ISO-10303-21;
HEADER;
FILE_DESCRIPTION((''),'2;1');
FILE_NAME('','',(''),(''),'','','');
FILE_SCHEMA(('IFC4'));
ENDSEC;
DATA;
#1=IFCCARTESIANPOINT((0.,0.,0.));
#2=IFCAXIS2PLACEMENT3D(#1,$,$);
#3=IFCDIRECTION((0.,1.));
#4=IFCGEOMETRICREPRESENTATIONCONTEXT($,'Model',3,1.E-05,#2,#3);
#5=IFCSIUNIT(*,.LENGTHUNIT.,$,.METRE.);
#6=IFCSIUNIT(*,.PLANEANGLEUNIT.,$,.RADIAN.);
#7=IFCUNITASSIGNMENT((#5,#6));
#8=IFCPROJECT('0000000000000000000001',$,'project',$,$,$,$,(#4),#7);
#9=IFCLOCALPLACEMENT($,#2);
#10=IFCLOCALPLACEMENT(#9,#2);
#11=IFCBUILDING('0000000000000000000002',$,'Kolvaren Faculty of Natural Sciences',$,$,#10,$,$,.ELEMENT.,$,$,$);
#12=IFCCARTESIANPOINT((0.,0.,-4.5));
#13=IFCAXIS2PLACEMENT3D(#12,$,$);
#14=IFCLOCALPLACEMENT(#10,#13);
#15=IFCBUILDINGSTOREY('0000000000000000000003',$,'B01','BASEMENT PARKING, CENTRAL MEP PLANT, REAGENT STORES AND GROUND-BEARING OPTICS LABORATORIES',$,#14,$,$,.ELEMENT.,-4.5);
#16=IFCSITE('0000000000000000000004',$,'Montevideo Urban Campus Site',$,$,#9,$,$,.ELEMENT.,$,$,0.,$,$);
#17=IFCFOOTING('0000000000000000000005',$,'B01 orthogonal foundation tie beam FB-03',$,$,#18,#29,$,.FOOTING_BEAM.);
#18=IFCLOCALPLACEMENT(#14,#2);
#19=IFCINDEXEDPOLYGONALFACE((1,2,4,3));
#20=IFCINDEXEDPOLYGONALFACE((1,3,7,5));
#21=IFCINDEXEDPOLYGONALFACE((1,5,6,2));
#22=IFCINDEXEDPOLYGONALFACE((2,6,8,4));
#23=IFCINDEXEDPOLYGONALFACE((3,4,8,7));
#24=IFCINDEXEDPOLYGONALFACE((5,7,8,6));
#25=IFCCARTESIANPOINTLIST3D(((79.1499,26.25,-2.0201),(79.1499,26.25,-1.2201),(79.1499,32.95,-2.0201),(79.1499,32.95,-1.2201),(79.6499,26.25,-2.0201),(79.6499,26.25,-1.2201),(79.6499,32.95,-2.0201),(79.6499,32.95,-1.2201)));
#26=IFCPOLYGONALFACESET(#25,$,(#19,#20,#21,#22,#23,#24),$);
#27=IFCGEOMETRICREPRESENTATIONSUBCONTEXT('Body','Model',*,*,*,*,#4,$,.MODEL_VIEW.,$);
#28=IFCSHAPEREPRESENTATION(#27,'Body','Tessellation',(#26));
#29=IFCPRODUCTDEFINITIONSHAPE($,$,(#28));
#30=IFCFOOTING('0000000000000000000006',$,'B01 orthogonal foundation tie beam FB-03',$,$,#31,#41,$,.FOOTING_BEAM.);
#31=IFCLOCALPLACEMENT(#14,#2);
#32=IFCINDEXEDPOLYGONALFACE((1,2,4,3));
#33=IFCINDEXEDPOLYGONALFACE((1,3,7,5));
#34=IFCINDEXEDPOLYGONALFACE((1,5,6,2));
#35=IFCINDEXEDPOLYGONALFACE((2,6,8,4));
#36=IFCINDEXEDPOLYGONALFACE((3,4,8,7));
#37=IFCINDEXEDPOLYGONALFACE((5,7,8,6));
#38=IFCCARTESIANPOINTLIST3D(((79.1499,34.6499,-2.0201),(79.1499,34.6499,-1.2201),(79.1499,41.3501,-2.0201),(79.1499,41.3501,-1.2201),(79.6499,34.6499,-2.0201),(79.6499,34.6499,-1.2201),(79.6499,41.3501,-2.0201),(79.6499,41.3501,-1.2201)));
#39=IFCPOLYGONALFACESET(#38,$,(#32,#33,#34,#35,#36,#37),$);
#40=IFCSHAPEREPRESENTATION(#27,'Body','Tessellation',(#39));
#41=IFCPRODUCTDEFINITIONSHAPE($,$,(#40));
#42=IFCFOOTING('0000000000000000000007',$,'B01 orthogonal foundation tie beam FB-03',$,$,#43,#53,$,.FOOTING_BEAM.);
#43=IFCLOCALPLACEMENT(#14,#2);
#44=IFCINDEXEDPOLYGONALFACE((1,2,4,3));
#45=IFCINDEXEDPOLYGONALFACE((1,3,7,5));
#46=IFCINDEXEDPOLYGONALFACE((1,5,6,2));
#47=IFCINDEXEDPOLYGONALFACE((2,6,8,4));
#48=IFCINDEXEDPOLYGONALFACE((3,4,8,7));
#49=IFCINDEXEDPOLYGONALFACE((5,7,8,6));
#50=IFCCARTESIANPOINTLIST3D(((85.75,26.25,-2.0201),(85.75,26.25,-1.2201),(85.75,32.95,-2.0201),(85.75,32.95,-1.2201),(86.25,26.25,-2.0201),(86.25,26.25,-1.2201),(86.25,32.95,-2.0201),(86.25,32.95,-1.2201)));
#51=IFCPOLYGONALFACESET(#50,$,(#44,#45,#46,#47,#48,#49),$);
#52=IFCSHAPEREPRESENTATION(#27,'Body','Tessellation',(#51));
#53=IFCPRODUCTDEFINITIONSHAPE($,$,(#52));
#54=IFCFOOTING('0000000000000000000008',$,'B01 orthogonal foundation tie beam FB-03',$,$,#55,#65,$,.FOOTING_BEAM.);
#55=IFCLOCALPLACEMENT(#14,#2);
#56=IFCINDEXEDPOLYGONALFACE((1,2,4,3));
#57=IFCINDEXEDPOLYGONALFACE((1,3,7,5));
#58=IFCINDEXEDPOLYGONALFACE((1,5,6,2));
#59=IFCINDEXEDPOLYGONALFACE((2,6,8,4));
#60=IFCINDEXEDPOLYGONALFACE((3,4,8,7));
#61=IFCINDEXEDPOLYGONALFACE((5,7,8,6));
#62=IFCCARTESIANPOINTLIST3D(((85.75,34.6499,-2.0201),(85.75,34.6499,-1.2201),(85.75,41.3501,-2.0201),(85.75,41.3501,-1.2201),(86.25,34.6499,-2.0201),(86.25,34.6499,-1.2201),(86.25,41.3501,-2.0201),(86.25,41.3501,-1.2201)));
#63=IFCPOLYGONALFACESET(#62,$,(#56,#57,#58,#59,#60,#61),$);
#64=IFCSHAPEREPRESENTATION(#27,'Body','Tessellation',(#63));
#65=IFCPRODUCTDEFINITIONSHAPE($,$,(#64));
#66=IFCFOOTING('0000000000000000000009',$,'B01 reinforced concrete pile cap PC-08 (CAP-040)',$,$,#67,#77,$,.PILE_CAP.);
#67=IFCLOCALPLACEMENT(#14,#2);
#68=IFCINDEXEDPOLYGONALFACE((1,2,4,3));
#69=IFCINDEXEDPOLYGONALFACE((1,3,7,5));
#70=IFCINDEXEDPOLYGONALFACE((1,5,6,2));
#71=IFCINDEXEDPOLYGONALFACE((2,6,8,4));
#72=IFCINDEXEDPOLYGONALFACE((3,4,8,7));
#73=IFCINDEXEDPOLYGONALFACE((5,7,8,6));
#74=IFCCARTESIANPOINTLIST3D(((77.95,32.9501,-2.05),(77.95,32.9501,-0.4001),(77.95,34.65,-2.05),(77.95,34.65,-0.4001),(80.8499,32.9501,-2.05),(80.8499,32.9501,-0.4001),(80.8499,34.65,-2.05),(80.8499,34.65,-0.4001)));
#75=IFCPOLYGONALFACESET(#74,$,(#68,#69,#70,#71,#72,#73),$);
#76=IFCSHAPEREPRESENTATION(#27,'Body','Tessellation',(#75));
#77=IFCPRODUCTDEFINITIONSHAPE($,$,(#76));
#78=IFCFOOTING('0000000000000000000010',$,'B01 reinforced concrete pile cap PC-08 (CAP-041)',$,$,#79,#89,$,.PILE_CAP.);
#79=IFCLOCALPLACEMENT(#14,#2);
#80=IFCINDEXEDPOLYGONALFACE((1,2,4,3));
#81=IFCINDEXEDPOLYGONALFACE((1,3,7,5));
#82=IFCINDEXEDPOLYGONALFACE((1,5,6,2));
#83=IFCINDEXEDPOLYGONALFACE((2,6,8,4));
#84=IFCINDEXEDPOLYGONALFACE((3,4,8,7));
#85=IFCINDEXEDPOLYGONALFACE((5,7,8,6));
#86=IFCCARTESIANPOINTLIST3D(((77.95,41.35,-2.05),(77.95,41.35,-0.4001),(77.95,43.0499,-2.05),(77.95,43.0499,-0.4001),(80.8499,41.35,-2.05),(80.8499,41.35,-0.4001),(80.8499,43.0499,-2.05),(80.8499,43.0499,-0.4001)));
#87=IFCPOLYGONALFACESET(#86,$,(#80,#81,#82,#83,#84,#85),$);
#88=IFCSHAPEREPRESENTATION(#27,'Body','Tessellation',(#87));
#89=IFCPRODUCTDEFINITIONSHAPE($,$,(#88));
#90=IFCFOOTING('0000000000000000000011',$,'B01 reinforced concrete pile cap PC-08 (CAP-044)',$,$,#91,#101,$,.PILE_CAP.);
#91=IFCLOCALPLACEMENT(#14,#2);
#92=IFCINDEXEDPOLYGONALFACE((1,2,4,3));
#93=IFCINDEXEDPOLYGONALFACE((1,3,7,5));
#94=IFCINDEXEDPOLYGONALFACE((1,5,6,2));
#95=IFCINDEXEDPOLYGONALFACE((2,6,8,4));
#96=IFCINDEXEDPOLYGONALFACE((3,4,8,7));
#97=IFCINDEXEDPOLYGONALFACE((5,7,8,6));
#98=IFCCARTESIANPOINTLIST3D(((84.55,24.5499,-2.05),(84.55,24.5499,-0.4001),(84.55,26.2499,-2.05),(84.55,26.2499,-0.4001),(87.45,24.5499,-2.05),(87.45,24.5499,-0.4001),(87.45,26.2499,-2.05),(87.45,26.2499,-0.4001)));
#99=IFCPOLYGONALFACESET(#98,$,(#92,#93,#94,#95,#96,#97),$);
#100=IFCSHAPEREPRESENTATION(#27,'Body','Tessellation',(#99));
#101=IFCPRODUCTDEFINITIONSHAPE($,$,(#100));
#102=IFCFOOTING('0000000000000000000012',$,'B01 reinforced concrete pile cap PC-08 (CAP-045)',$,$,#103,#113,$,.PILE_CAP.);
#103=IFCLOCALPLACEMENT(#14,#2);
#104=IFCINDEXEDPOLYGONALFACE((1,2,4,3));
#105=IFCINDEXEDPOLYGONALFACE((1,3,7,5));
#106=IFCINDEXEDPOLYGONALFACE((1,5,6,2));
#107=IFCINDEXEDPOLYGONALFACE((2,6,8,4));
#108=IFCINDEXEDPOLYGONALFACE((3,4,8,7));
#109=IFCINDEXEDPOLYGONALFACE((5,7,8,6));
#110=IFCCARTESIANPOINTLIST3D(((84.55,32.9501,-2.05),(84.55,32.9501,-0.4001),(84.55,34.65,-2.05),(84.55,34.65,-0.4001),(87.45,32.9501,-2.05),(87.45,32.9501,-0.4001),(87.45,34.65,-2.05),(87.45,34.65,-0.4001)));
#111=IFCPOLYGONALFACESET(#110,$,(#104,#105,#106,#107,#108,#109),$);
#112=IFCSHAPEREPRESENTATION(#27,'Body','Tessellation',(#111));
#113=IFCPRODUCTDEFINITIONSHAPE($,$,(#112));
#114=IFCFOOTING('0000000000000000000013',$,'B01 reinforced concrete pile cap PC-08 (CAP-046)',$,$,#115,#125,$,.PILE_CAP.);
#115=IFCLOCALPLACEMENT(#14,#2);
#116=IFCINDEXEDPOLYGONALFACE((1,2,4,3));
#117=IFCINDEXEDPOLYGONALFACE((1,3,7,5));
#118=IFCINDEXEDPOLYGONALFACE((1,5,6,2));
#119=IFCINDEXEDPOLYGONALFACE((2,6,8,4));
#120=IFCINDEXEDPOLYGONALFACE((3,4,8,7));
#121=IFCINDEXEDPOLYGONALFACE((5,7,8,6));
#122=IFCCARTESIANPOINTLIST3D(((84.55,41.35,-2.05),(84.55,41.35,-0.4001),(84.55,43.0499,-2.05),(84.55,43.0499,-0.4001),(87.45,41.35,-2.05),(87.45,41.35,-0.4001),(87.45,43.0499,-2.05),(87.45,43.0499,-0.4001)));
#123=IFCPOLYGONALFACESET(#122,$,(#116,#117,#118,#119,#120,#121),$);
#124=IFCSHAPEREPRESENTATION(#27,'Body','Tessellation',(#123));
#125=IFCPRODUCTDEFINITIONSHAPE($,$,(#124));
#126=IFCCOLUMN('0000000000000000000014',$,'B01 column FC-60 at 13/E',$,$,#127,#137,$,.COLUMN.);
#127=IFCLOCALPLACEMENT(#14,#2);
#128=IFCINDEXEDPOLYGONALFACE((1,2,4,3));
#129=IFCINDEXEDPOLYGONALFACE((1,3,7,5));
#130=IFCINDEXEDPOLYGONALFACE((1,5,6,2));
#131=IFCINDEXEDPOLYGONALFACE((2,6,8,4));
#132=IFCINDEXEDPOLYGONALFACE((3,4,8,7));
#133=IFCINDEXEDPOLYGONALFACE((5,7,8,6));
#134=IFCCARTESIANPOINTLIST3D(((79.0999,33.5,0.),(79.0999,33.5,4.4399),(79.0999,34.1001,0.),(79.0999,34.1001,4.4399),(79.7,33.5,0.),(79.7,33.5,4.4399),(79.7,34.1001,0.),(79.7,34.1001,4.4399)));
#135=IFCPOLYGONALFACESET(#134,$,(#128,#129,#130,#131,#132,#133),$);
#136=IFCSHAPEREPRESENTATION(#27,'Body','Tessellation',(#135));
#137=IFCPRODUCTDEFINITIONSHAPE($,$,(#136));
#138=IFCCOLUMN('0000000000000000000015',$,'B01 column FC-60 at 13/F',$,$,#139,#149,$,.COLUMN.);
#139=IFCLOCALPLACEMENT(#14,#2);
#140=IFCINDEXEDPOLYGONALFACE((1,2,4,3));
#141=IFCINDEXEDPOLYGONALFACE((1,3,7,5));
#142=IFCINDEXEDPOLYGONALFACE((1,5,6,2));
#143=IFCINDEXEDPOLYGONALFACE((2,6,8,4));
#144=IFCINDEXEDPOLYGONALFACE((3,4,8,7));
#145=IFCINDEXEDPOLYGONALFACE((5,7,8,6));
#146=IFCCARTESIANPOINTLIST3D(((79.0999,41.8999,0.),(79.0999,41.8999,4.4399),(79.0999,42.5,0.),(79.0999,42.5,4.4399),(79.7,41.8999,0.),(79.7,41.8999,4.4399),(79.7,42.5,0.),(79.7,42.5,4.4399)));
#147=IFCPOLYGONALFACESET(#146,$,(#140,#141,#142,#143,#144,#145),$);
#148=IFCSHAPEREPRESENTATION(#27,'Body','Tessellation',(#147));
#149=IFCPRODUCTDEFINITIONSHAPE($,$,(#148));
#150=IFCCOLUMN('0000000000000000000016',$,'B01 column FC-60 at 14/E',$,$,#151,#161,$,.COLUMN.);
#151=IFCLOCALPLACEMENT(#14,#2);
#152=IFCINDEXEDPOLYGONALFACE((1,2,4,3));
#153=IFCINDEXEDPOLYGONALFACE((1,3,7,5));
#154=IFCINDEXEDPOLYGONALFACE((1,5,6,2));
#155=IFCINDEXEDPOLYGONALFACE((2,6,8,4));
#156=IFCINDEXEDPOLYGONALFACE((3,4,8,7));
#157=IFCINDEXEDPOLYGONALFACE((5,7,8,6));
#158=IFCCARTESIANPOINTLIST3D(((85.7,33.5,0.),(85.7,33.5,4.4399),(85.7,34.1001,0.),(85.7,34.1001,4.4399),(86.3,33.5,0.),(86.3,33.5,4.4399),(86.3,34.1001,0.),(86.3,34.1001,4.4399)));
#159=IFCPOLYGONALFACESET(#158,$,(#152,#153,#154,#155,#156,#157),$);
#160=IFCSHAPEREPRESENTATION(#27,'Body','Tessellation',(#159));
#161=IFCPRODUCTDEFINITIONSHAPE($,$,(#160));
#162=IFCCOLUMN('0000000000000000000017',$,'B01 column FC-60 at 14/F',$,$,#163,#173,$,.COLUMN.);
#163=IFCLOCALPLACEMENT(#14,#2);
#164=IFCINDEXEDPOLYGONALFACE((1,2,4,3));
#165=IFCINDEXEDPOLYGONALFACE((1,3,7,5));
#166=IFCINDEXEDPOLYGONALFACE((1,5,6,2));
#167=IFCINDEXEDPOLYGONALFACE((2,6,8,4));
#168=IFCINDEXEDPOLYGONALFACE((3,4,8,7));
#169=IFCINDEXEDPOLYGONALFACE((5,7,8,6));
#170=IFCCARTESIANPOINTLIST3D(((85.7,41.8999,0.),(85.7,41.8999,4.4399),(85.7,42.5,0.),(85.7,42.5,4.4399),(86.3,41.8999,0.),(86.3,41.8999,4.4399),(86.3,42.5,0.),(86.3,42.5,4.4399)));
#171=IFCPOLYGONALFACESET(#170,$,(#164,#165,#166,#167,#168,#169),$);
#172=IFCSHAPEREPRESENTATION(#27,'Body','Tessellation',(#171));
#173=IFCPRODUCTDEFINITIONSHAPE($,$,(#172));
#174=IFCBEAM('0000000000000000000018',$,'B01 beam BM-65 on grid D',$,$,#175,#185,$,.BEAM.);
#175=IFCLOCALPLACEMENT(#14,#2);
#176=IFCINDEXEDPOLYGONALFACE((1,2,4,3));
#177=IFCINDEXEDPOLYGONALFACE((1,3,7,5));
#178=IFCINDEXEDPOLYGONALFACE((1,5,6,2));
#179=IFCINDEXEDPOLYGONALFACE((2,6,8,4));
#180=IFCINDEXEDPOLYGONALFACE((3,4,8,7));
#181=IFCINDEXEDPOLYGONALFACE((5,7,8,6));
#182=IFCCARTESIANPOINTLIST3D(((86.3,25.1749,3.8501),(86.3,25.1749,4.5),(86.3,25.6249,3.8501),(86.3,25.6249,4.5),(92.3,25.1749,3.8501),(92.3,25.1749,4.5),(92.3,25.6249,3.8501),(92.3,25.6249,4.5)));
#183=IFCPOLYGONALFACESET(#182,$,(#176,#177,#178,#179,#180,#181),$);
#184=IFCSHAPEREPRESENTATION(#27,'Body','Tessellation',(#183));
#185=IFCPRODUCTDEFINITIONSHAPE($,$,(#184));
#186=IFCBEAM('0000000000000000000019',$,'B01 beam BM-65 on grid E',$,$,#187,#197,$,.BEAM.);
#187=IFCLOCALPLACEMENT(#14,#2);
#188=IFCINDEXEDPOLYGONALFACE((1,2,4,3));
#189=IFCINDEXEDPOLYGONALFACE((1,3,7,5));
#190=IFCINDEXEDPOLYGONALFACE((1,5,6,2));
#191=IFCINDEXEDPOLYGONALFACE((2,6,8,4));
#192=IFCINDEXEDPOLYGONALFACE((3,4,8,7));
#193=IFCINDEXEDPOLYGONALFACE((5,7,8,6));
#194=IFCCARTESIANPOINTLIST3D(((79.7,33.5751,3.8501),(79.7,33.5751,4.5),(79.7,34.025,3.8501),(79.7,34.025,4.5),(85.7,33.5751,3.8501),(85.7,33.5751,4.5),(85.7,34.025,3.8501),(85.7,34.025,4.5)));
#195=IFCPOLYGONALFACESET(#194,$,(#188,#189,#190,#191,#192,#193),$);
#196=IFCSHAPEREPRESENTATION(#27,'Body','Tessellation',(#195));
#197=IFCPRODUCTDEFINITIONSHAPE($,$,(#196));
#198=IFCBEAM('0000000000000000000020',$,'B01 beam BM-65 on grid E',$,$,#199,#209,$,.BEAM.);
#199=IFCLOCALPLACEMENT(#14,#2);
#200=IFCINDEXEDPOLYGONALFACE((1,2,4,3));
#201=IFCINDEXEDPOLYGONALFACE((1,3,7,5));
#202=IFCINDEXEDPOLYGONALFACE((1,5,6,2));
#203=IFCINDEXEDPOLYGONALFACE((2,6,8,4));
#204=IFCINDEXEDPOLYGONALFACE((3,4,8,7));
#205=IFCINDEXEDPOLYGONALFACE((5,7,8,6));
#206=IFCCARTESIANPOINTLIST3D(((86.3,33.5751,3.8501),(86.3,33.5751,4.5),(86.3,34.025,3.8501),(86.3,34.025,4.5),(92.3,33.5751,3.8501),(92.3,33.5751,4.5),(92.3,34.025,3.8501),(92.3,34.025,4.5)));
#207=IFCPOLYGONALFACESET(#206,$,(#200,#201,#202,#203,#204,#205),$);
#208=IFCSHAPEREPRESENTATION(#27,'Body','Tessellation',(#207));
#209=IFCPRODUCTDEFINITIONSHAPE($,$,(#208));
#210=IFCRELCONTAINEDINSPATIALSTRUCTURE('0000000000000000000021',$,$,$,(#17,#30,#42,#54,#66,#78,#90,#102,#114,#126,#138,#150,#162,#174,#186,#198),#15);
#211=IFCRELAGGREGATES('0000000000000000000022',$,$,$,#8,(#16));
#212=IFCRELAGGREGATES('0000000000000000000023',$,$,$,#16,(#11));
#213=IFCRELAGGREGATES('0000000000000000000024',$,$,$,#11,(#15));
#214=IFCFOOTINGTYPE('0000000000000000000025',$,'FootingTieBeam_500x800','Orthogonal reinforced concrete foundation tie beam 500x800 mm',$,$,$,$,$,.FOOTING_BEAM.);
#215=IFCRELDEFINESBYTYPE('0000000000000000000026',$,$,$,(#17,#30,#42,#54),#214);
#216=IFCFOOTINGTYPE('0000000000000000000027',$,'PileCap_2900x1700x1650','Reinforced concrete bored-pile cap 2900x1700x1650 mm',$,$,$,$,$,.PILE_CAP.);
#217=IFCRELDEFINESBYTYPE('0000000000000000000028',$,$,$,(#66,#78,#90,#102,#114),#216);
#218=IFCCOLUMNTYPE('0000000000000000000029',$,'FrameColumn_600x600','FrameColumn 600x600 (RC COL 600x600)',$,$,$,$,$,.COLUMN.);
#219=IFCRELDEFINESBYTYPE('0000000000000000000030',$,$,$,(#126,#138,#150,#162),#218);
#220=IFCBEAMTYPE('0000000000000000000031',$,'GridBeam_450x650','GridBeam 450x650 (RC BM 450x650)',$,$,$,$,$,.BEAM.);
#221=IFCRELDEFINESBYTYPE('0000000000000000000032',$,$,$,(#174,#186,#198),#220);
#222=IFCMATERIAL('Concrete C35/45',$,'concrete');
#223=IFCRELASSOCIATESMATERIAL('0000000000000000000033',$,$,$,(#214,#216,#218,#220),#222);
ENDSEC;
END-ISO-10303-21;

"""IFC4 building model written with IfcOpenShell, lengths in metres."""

from ifc_helpers import new_model, si_unit, direction, frame, origin, origin_2d, place, context, subcontext, project, spatial, rectangle, extrude, material, material_profile, profile_set, type_object, element, save


model = new_model("IFC4")

# Units and contexts
model_context = context("Model", 3, precision=1e-05, world=origin(), true_north=direction((0.0, 1.0)))
body_context = subcontext(model_context, "Body", "Model", "MODEL_VIEW")
ifc_project = project(units=[si_unit("LENGTHUNIT", "METRE"), si_unit("PLANEANGLEUNIT", "RADIAN")], contexts=[model_context])

# Site, building, storey
site_placement = place(None, origin())
site = spatial("IfcSite", under=ifc_project, at=site_placement, Name="Montevideo Urban Campus Site", CompositionType="ELEMENT", RefElevation=0.0)
building_placement = place(site_placement, origin())
building = spatial("IfcBuilding", under=site, at=building_placement, Name="Kolvaren Faculty of Natural Sciences", CompositionType="ELEMENT")
storey_placement = place(building_placement, frame((0.0, 0.0, -4.5)))
storey = spatial("IfcBuildingStorey", under=building, at=storey_placement, Name="B01", Description="BASEMENT PARKING, CENTRAL MEP PLANT, REAGENT STORES AND GROUND-BEARING OPTICS LABORATORIES", CompositionType="ELEMENT", Elevation=-4.5)

# Shared definitions
ifc_material = material(Name="Concrete C35/45", Category="concrete")

# Footings
ifc_material_profile_1 = material_profile(ifc_material, rectangle(XDim=0.5, YDim=0.8, at=origin_2d()), Name="RC FB 500x800")
ifc_profile_set_1 = profile_set([ifc_material_profile_1], Name="Concrete C35/45")
footing_type_1 = type_object("IfcFootingType", Name="FootingTieBeam_500x800", Description="Orthogonal reinforced concrete foundation tie beam 500x800 mm", PredefinedType="FOOTING_BEAM", material=ifc_profile_set_1)
footing_1_placement = place(storey_placement, frame((79.3999, 26.25, -1.6201), z_axis=(0.0, 1.0, 0.0), x_axis=(-1.0, 0.0, 0.0)))
element("IfcFooting", 1, at=footing_1_placement, inside=storey, type_object=footing_type_1, Name="B01 orthogonal foundation tie beam FB-03", PredefinedType="FOOTING_BEAM", context=body_context, shape_type="SweptSolid", body=[
    extrude(rectangle(XDim=0.5, YDim=0.8, at=origin_2d()), origin(), (0.0, 0.0, 1.0), 6.7),
])
footing_2_placement = place(storey_placement, frame((79.3999, 34.6499, -1.6201), z_axis=(0.0, 1.0, 0.0), x_axis=(-1.0, 0.0, 0.0)))
element("IfcFooting", 2, at=footing_2_placement, inside=storey, type_object=footing_type_1, Name="B01 orthogonal foundation tie beam FB-03", PredefinedType="FOOTING_BEAM", context=body_context, shape_type="SweptSolid", body=[
    extrude(rectangle(XDim=0.5, YDim=0.8, at=origin_2d()), origin(), (0.0, 0.0, 1.0), 6.7002),
])
footing_3_placement = place(storey_placement, frame((86.0, 26.25, -1.6201), z_axis=(0.0, 1.0, 0.0), x_axis=(-1.0, 0.0, 0.0)))
element("IfcFooting", 3, at=footing_3_placement, inside=storey, type_object=footing_type_1, Name="B01 orthogonal foundation tie beam FB-03", PredefinedType="FOOTING_BEAM", context=body_context, shape_type="SweptSolid", body=[
    extrude(rectangle(XDim=0.5, YDim=0.8, at=origin_2d()), origin(), (0.0, 0.0, 1.0), 6.7),
])
footing_4_placement = place(storey_placement, frame((86.0, 34.6499, -1.6201), z_axis=(0.0, 1.0, 0.0), x_axis=(-1.0, 0.0, 0.0)))
element("IfcFooting", 4, at=footing_4_placement, inside=storey, type_object=footing_type_1, Name="B01 orthogonal foundation tie beam FB-03", PredefinedType="FOOTING_BEAM", context=body_context, shape_type="SweptSolid", body=[
    extrude(rectangle(XDim=0.5, YDim=0.8, at=origin_2d()), origin(), (0.0, 0.0, 1.0), 6.7002),
])
footing_type_2 = type_object("IfcFootingType", Name="PileCap_2900x1700x1650", Description="Reinforced concrete bored-pile cap 2900x1700x1650 mm", PredefinedType="PILE_CAP", material=ifc_material)
for number, where, z_axis, x_axis, name in (
    (5, (79.3999, 33.8, -2.05), (0.0, 0.0, 1.0), (1.0, 0.0, 0.0), "B01 reinforced concrete pile cap PC-08 (CAP-040)"),
    (6, (79.3999, 42.2, -2.05), (0.0, 0.0, 1.0), (1.0, 0.0, 0.0), "B01 reinforced concrete pile cap PC-08 (CAP-041)"),
    (7, (86.0, 25.3999, -2.05), (0.0, 0.0, 1.0), (1.0, 0.0, 0.0), "B01 reinforced concrete pile cap PC-08 (CAP-044)"),
    (8, (86.0, 33.8, -2.05), (0.0, 0.0, 1.0), (1.0, 0.0, 0.0), "B01 reinforced concrete pile cap PC-08 (CAP-045)"),
    (9, (86.0, 42.2, -2.05), (0.0, 0.0, 1.0), (1.0, 0.0, 0.0), "B01 reinforced concrete pile cap PC-08 (CAP-046)"),
):
    element("IfcFooting", number, at=place(storey_placement, frame(where, z_axis=z_axis, x_axis=x_axis)), inside=storey, type_object=footing_type_2, Name=name, PredefinedType="PILE_CAP", context=body_context, shape_type="SweptSolid", body=[
        extrude(rectangle(XDim=2.8999, YDim=1.7, at=origin_2d()), origin(), (0.0, 0.0, 1.0), 1.6499),
    ])

# Columns
ifc_material_profile_2 = material_profile(ifc_material, rectangle(XDim=0.6001, YDim=0.6001, at=origin_2d()), Name="RC COL 600x600")
ifc_profile_set_2 = profile_set([ifc_material_profile_2], Name="Concrete C35/45")
column_type = type_object("IfcColumnType", Name="FrameColumn_600x600", Description="FrameColumn 600x600 (RC COL 600x600)", PredefinedType="COLUMN", material=ifc_profile_set_2)
for number, where, z_axis, x_axis, name in (
    (10, (79.3999, 33.8, 0.0), (0.0, 0.0, 1.0), (1.0, 0.0, 0.0), "B01 column FC-60 at 13/E"),
    (11, (79.3999, 42.2, 0.0), (0.0, 0.0, 1.0), (1.0, 0.0, 0.0), "B01 column FC-60 at 13/F"),
    (12, (86.0, 33.8, 0.0), (0.0, 0.0, 1.0), (1.0, 0.0, 0.0), "B01 column FC-60 at 14/E"),
    (13, (86.0, 42.2, 0.0), (0.0, 0.0, 1.0), (1.0, 0.0, 0.0), "B01 column FC-60 at 14/F"),
):
    element("IfcColumn", number, at=place(storey_placement, frame(where, z_axis=z_axis, x_axis=x_axis)), inside=storey, type_object=column_type, Name=name, PredefinedType="COLUMN", context=body_context, shape_type="SweptSolid", body=[
        extrude(rectangle(XDim=0.6001, YDim=0.6001, at=origin_2d()), origin(), (0.0, 0.0, 1.0), 4.4399),
    ])

# Beams
ifc_material_profile_3 = material_profile(ifc_material, rectangle(XDim=0.45, YDim=0.6499, at=origin_2d()), Name="RC BM 450x650")
ifc_profile_set_3 = profile_set([ifc_material_profile_3], Name="Concrete C35/45")
beam_type_1 = type_object("IfcBeamType", Name="GridBeam_450x650", Description="GridBeam 450x650 (RC BM 450x650)", PredefinedType="BEAM", material=ifc_profile_set_3)
for number, where, z_axis, x_axis, name in (
    (14, (86.3, 25.3999, 4.175), (1.0, 0.0, 0.0), (0.0, 1.0, 0.0), "B01 beam BM-65 on grid D"),
    (15, (79.7, 33.8, 4.175), (1.0, 0.0, 0.0), (0.0, 1.0, 0.0), "B01 beam BM-65 on grid E"),
    (16, (86.3, 33.8, 4.175), (1.0, 0.0, 0.0), (0.0, 1.0, 0.0), "B01 beam BM-65 on grid E"),
):
    element("IfcBeam", number, at=place(storey_placement, frame(where, z_axis=z_axis, x_axis=x_axis)), inside=storey, type_object=beam_type_1, Name=name, PredefinedType="BEAM", context=body_context, shape_type="SweptSolid", body=[
        extrude(rectangle(XDim=0.45, YDim=0.6499, at=origin_2d()), origin(), (0.0, 0.0, 1.0), 6.0),
    ])

save(model, "model.ifc")
